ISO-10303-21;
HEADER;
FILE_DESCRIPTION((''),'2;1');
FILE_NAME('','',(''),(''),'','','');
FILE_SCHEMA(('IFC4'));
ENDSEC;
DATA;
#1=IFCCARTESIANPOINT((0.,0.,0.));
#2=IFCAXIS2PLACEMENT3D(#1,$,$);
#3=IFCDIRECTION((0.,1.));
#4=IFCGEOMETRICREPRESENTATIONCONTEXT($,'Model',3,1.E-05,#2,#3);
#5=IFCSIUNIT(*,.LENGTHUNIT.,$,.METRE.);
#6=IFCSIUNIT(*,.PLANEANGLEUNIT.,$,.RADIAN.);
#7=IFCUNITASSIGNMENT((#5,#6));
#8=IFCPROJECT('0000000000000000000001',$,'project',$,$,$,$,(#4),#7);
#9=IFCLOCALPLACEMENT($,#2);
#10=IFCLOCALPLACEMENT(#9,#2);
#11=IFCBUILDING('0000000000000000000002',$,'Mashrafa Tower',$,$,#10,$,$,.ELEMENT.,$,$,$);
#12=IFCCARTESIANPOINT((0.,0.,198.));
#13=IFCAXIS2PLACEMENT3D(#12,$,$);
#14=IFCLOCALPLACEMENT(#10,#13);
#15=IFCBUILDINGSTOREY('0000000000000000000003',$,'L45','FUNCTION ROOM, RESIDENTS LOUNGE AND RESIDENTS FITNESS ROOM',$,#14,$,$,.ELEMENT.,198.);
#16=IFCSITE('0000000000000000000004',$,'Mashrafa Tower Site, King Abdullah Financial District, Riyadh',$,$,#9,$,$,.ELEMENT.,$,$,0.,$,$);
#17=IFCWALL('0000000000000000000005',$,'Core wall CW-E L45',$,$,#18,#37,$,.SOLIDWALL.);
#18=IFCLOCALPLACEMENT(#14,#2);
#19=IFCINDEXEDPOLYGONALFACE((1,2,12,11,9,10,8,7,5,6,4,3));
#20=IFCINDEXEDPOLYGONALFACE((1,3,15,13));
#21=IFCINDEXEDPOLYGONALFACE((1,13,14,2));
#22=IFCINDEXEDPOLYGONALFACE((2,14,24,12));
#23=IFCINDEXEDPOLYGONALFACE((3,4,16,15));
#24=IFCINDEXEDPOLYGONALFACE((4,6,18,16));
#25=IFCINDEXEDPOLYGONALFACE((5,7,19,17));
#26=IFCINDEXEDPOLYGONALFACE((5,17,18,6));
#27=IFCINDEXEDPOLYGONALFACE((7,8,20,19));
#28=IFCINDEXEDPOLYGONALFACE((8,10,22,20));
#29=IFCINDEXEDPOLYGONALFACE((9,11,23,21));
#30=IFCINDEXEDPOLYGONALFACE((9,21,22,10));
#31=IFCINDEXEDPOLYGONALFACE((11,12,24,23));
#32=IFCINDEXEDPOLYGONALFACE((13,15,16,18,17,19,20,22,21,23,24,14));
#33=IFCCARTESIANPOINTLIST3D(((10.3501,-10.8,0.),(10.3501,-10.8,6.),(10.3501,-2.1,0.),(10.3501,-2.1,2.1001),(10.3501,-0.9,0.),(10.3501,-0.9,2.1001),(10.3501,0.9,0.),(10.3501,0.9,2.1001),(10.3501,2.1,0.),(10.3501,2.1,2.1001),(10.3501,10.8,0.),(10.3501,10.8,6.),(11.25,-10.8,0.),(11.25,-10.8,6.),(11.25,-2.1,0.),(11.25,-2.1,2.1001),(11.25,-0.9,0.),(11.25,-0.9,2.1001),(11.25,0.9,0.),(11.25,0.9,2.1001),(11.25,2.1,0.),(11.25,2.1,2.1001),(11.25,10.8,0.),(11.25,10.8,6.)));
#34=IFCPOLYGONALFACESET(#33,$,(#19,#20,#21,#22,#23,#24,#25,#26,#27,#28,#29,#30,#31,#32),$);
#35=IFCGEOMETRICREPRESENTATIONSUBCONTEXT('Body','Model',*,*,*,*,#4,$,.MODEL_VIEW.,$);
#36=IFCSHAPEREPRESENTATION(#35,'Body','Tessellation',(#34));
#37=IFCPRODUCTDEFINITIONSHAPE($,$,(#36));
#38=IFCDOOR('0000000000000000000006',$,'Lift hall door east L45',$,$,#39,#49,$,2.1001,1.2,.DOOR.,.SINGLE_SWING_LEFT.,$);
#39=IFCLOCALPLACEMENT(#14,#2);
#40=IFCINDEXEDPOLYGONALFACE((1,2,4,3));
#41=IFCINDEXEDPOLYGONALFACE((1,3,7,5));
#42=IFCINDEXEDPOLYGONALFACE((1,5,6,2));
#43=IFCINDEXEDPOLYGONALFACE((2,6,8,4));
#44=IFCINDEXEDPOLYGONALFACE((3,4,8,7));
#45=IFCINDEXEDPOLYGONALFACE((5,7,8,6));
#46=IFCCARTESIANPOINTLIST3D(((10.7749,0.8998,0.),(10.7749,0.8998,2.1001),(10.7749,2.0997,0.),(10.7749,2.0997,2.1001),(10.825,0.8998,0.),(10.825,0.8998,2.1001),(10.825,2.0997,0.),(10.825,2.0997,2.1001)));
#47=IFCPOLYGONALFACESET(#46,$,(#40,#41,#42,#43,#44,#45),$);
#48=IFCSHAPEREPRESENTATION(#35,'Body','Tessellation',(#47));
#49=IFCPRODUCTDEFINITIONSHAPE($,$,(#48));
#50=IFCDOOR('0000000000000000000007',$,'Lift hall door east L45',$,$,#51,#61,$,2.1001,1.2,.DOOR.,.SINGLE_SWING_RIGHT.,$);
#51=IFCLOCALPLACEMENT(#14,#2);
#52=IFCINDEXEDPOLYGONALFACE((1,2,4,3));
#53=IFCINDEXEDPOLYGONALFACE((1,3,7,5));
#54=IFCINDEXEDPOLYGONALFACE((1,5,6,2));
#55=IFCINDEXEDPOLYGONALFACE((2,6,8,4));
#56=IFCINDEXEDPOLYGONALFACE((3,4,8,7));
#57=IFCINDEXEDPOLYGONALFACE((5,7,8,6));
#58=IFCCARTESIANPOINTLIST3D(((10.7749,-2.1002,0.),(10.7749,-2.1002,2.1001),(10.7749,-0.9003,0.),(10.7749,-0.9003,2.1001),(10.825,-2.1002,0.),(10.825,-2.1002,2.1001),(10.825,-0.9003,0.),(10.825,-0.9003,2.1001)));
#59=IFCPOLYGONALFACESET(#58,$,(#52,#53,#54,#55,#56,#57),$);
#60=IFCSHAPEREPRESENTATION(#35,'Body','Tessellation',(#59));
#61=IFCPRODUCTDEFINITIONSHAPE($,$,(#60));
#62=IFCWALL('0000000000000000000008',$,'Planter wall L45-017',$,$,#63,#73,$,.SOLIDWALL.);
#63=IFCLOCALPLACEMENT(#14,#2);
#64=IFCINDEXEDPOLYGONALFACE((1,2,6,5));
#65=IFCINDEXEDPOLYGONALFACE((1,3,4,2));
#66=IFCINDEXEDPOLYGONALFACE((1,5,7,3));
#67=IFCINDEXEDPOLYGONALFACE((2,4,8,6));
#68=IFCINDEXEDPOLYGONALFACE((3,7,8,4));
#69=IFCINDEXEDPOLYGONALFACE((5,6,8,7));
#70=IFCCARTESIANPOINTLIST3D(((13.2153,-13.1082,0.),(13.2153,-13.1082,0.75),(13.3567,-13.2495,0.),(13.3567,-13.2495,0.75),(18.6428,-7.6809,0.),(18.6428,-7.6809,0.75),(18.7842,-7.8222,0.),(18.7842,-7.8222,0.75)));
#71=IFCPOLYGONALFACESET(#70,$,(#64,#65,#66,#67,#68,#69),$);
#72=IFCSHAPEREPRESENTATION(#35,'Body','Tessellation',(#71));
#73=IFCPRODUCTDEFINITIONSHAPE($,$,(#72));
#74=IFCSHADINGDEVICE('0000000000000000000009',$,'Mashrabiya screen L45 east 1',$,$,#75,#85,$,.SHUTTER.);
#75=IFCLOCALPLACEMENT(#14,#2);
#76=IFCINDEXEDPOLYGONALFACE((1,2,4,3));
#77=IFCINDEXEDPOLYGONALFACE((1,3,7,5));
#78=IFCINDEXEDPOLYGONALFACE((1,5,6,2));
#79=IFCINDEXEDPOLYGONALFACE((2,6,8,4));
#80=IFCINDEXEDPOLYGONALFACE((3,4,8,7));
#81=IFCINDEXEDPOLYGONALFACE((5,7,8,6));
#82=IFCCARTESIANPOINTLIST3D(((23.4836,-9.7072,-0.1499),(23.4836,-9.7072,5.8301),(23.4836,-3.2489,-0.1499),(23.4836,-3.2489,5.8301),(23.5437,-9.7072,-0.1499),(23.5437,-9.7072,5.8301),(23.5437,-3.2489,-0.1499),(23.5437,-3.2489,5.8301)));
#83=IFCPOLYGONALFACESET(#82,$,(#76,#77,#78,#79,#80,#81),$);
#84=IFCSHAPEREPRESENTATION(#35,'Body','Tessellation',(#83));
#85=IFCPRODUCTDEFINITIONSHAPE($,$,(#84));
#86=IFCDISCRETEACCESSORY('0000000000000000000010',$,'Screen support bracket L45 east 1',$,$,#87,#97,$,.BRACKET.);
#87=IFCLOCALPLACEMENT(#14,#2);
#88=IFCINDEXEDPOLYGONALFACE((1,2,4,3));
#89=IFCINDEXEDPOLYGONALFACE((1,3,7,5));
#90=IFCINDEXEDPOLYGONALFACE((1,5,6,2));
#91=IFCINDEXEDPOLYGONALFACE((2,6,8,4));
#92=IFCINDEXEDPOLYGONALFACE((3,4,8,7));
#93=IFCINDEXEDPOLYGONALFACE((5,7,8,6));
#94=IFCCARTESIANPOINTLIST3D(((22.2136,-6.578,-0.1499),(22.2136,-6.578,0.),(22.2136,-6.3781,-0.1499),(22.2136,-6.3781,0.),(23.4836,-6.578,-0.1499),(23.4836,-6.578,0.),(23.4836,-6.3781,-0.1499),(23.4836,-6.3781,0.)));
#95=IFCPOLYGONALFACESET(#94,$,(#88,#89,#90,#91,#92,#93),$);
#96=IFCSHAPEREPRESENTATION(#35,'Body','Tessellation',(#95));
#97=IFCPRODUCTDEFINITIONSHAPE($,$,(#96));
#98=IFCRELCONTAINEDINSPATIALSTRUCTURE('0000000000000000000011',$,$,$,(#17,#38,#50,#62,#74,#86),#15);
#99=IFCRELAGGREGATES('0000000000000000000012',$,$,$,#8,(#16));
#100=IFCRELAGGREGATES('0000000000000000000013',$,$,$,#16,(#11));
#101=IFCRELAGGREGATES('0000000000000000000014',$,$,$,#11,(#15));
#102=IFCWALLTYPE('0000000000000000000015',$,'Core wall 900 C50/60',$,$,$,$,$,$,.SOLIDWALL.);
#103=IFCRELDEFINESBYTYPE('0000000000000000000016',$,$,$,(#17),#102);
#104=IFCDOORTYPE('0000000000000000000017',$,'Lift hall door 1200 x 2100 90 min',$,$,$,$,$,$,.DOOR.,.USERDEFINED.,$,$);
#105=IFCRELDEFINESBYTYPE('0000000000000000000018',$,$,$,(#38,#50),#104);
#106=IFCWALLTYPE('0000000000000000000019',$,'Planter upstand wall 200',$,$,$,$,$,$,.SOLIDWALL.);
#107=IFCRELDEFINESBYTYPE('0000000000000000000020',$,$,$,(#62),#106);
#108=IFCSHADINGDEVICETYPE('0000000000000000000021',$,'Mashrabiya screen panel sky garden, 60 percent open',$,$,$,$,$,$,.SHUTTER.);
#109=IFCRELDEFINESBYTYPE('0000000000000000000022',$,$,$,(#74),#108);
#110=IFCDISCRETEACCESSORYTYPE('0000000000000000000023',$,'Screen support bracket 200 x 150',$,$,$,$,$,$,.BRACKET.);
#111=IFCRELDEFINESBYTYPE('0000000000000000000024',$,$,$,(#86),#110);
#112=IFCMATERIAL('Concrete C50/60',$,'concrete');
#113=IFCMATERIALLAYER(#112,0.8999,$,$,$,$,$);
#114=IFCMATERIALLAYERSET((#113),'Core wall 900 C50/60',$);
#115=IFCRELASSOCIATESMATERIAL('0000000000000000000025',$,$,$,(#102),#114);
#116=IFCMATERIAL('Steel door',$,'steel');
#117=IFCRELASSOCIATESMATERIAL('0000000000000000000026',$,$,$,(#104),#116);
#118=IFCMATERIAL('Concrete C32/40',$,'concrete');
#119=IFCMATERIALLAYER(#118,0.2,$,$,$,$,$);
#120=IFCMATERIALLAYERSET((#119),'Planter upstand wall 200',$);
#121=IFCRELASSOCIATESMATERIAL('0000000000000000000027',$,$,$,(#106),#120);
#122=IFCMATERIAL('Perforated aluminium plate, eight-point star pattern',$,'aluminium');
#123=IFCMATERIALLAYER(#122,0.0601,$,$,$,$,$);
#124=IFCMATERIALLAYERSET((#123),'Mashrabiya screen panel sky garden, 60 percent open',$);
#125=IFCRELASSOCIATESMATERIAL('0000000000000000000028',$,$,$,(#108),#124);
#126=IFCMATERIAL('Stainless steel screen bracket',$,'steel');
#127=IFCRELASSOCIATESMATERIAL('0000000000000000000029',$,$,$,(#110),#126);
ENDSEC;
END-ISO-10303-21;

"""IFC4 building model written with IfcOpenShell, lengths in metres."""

from ifc_helpers import new_model, si_unit, direction, frame, frame_2d, origin, origin_2d, place, context, subcontext, project, spatial, rectangle, extrude, source, transform, mapped, material, layer, layer_set, type_object, type_shapes, element, fill, save


model = new_model("IFC4")

# Units and contexts
model_context = context("Model", 3, precision=1e-05, world=origin(), true_north=direction((0.0, 1.0)))
body_context = subcontext(model_context, "Body", "Model", "MODEL_VIEW")
ifc_project = project(units=[si_unit("LENGTHUNIT", "METRE"), si_unit("PLANEANGLEUNIT", "RADIAN")], contexts=[model_context])

# Site, building, storey
site_placement = place(None, origin())
site = spatial("IfcSite", under=ifc_project, at=site_placement, Name="Mashrafa Tower Site, King Abdullah Financial District, Riyadh", CompositionType="ELEMENT", RefElevation=0.0)
building_placement = place(site_placement, origin())
building = spatial("IfcBuilding", under=site, at=building_placement, Name="Mashrafa Tower", CompositionType="ELEMENT")
storey_placement = place(building_placement, frame((0.0, 0.0, 198.0)))
storey = spatial("IfcBuildingStorey", under=building, at=storey_placement, Name="L45", Description="FUNCTION ROOM, RESIDENTS LOUNGE AND RESIDENTS FITNESS ROOM", CompositionType="ELEMENT", Elevation=198.0)

# Wall, openings, doors
ifc_material_1 = material(Name="Concrete C50/60", Category="concrete")
ifc_layer_1 = layer(ifc_material_1, 0.8999)
ifc_layer_set_1 = layer_set([ifc_layer_1], Name="Core wall 900 C50/60")
wall_type_1 = type_object("IfcWallType", Name="Core wall 900 C50/60", PredefinedType="SOLIDWALL", material=ifc_layer_set_1)
wall_1_placement = place(storey_placement, frame((10.8, -10.8, 0.0), z_axis=(0.0, 0.0, 1.0), x_axis=(0.0, 1.0, 0.0)))
wall_1 = element("IfcWall", 1, at=wall_1_placement, inside=storey, type_object=wall_type_1, Name="Core wall CW-E L45", PredefinedType="SOLIDWALL", context=body_context, shape_type="SweptSolid", body=[
    extrude(rectangle(XDim=21.6001, YDim=0.8999, at=frame_2d((10.8, 0.0))), origin(), (0.0, 0.0, 1.0), 6.0),
])
opening_1_placement = place(wall_1_placement, frame((11.7, 0.0, 0.0)))
opening_1 = element("IfcOpeningElement", 2, at=opening_1_placement, cuts=wall_1, PredefinedType="OPENING", context=body_context, shape_type="SweptSolid", body=[
    extrude(rectangle(XDim=1.2, YDim=2.1001, at=frame_2d((0.6001, 1.05))), frame((0.0, 0.46, 0.0), z_axis=(0.0, -1.0, 0.0), x_axis=(1.0, 0.0, 0.0)), (0.0, 0.0, 1.0), 0.9199),
])
opening_2_placement = place(wall_1_placement, frame((8.7, 0.0, 0.0)))
opening_2 = element("IfcOpeningElement", 3, at=opening_2_placement, cuts=wall_1, PredefinedType="OPENING", context=body_context, shape_type="SweptSolid", body=[
    extrude(rectangle(XDim=1.2, YDim=2.1001, at=frame_2d((0.6001, 1.05))), frame((0.0, 0.46, 0.0), z_axis=(0.0, -1.0, 0.0), x_axis=(1.0, 0.0, 0.0)), (0.0, 0.0, 1.0), 0.9199),
])
ifc_material_2 = material(Name="Steel door", Category="steel")
door_type = type_object("IfcDoorType", Name="Lift hall door 1200 x 2100 90 min", OperationType="USERDEFINED", PredefinedType="DOOR", material=ifc_material_2)
door_1_placement = place(opening_1_placement, frame((1.2, 0.0, 0.0), z_axis=(0.0, 0.0, 1.0), x_axis=(-1.0, 0.0, 0.0)))
door_1 = element("IfcDoor", 4, at=door_1_placement, inside=storey, type_object=door_type, Name="Lift hall door east L45", OperationType="SINGLE_SWING_LEFT", OverallHeight=2.1001, OverallWidth=1.2, PredefinedType="DOOR", context=body_context, shape_type="SweptSolid", body=[
    extrude(rectangle(XDim=1.2, YDim=2.1001, at=frame_2d((0.6001, 1.05))), frame((0.0, 0.0249, 0.0), z_axis=(0.0, -1.0, 0.0), x_axis=(1.0, 0.0, 0.0)), (0.0, 0.0, 1.0), 0.05),
])
fill(opening_1, door_1)
door_2_placement = place(opening_2_placement, frame((1.2, 0.0, 0.0), z_axis=(0.0, 0.0, 1.0), x_axis=(-1.0, 0.0, 0.0)))
door_2 = element("IfcDoor", 5, at=door_2_placement, inside=storey, type_object=door_type, Name="Lift hall door east L45", OperationType="SINGLE_SWING_RIGHT", OverallHeight=2.1001, OverallWidth=1.2, PredefinedType="DOOR", context=body_context, shape_type="SweptSolid", body=[
    extrude(rectangle(XDim=1.2, YDim=2.1001, at=frame_2d((0.6001, 1.05))), frame((0.0, 0.0249, 0.0), z_axis=(0.0, -1.0, 0.0), x_axis=(1.0, 0.0, 0.0)), (0.0, 0.0, 1.0), 0.05),
])
fill(opening_2, door_2)

# Wall
ifc_material_3 = material(Name="Concrete C32/40", Category="concrete")
ifc_layer_2 = layer(ifc_material_3, 0.2)
ifc_layer_set_2 = layer_set([ifc_layer_2], Name="Planter upstand wall 200")
wall_type_2 = type_object("IfcWallType", Name="Planter upstand wall 200", PredefinedType="SOLIDWALL", material=ifc_layer_set_2)
wall_2_placement = place(storey_placement, frame((18.7136, -7.7515, 0.0), z_axis=(0.0, 0.0, 1.0), x_axis=(-0.707123, -0.707091, 0.0)))
element("IfcWall", 6, at=wall_2_placement, inside=storey, type_object=wall_type_2, Name="Planter wall L45-017", PredefinedType="SOLIDWALL", context=body_context, shape_type="SweptSolid", body=[
    extrude(rectangle(XDim=7.6755, YDim=0.2, at=frame_2d((3.8379, 0.0))), origin(), (0.0, 0.0, 1.0), 0.75),
])

# Shading device
ifc_material_4 = material(Name="Perforated aluminium plate, eight-point star pattern", Category="aluminium")
ifc_layer_3 = layer(ifc_material_4, 0.0601)
ifc_layer_set_3 = layer_set([ifc_layer_3], Name="Mashrabiya screen panel sky garden, 60 percent open")
shading_device_type = type_object("IfcShadingDeviceType", Name="Mashrabiya screen panel sky garden, 60 percent open", PredefinedType="SHUTTER", material=ifc_layer_set_3)
shared_shape_1 = source(origin(), body_context, "Body", "SweptSolid", [
    extrude(rectangle(XDim=6.4583, YDim=0.0601, at=origin_2d()), origin(), (0.0, 0.0, 1.0), 5.98),
])
type_shapes(shading_device_type, [shared_shape_1])
shading_device_placement = place(storey_placement, frame((23.5137, -6.478, -0.1499), z_axis=(0.0, 0.0, 1.0), x_axis=(0.0, 1.0, 0.0)))
element("IfcShadingDevice", 7, at=shading_device_placement, inside=storey, type_object=shading_device_type, Name="Mashrabiya screen L45 east 1", PredefinedType="SHUTTER", context=body_context, shape_type="MappedRepresentation", body=[
    mapped(shared_shape_1, transform((0.0, 0.0, 0.0))),
])

# Discrete accessory
ifc_material_5 = material(Name="Stainless steel screen bracket", Category="steel")
discrete_accessory_type = type_object("IfcDiscreteAccessoryType", Name="Screen support bracket 200 x 150", PredefinedType="BRACKET", material=ifc_material_5)
shared_shape_2 = source(origin(), body_context, "Body", "SweptSolid", [
    extrude(rectangle(XDim=0.2, YDim=1.27, at=origin_2d()), origin(), (0.0, 0.0, 1.0), 0.1499),
])
type_shapes(discrete_accessory_type, [shared_shape_2])
discrete_accessory_placement = place(storey_placement, frame((22.8486, -6.478, -0.1499), z_axis=(0.0, 0.0, 1.0), x_axis=(0.0, 1.0, 0.0)))
element("IfcDiscreteAccessory", 8, at=discrete_accessory_placement, inside=storey, type_object=discrete_accessory_type, Name="Screen support bracket L45 east 1", PredefinedType="BRACKET", context=body_context, shape_type="MappedRepresentation", body=[
    mapped(shared_shape_2, transform((0.0, 0.0, 0.0))),
])

save(model, "model.ifc")
